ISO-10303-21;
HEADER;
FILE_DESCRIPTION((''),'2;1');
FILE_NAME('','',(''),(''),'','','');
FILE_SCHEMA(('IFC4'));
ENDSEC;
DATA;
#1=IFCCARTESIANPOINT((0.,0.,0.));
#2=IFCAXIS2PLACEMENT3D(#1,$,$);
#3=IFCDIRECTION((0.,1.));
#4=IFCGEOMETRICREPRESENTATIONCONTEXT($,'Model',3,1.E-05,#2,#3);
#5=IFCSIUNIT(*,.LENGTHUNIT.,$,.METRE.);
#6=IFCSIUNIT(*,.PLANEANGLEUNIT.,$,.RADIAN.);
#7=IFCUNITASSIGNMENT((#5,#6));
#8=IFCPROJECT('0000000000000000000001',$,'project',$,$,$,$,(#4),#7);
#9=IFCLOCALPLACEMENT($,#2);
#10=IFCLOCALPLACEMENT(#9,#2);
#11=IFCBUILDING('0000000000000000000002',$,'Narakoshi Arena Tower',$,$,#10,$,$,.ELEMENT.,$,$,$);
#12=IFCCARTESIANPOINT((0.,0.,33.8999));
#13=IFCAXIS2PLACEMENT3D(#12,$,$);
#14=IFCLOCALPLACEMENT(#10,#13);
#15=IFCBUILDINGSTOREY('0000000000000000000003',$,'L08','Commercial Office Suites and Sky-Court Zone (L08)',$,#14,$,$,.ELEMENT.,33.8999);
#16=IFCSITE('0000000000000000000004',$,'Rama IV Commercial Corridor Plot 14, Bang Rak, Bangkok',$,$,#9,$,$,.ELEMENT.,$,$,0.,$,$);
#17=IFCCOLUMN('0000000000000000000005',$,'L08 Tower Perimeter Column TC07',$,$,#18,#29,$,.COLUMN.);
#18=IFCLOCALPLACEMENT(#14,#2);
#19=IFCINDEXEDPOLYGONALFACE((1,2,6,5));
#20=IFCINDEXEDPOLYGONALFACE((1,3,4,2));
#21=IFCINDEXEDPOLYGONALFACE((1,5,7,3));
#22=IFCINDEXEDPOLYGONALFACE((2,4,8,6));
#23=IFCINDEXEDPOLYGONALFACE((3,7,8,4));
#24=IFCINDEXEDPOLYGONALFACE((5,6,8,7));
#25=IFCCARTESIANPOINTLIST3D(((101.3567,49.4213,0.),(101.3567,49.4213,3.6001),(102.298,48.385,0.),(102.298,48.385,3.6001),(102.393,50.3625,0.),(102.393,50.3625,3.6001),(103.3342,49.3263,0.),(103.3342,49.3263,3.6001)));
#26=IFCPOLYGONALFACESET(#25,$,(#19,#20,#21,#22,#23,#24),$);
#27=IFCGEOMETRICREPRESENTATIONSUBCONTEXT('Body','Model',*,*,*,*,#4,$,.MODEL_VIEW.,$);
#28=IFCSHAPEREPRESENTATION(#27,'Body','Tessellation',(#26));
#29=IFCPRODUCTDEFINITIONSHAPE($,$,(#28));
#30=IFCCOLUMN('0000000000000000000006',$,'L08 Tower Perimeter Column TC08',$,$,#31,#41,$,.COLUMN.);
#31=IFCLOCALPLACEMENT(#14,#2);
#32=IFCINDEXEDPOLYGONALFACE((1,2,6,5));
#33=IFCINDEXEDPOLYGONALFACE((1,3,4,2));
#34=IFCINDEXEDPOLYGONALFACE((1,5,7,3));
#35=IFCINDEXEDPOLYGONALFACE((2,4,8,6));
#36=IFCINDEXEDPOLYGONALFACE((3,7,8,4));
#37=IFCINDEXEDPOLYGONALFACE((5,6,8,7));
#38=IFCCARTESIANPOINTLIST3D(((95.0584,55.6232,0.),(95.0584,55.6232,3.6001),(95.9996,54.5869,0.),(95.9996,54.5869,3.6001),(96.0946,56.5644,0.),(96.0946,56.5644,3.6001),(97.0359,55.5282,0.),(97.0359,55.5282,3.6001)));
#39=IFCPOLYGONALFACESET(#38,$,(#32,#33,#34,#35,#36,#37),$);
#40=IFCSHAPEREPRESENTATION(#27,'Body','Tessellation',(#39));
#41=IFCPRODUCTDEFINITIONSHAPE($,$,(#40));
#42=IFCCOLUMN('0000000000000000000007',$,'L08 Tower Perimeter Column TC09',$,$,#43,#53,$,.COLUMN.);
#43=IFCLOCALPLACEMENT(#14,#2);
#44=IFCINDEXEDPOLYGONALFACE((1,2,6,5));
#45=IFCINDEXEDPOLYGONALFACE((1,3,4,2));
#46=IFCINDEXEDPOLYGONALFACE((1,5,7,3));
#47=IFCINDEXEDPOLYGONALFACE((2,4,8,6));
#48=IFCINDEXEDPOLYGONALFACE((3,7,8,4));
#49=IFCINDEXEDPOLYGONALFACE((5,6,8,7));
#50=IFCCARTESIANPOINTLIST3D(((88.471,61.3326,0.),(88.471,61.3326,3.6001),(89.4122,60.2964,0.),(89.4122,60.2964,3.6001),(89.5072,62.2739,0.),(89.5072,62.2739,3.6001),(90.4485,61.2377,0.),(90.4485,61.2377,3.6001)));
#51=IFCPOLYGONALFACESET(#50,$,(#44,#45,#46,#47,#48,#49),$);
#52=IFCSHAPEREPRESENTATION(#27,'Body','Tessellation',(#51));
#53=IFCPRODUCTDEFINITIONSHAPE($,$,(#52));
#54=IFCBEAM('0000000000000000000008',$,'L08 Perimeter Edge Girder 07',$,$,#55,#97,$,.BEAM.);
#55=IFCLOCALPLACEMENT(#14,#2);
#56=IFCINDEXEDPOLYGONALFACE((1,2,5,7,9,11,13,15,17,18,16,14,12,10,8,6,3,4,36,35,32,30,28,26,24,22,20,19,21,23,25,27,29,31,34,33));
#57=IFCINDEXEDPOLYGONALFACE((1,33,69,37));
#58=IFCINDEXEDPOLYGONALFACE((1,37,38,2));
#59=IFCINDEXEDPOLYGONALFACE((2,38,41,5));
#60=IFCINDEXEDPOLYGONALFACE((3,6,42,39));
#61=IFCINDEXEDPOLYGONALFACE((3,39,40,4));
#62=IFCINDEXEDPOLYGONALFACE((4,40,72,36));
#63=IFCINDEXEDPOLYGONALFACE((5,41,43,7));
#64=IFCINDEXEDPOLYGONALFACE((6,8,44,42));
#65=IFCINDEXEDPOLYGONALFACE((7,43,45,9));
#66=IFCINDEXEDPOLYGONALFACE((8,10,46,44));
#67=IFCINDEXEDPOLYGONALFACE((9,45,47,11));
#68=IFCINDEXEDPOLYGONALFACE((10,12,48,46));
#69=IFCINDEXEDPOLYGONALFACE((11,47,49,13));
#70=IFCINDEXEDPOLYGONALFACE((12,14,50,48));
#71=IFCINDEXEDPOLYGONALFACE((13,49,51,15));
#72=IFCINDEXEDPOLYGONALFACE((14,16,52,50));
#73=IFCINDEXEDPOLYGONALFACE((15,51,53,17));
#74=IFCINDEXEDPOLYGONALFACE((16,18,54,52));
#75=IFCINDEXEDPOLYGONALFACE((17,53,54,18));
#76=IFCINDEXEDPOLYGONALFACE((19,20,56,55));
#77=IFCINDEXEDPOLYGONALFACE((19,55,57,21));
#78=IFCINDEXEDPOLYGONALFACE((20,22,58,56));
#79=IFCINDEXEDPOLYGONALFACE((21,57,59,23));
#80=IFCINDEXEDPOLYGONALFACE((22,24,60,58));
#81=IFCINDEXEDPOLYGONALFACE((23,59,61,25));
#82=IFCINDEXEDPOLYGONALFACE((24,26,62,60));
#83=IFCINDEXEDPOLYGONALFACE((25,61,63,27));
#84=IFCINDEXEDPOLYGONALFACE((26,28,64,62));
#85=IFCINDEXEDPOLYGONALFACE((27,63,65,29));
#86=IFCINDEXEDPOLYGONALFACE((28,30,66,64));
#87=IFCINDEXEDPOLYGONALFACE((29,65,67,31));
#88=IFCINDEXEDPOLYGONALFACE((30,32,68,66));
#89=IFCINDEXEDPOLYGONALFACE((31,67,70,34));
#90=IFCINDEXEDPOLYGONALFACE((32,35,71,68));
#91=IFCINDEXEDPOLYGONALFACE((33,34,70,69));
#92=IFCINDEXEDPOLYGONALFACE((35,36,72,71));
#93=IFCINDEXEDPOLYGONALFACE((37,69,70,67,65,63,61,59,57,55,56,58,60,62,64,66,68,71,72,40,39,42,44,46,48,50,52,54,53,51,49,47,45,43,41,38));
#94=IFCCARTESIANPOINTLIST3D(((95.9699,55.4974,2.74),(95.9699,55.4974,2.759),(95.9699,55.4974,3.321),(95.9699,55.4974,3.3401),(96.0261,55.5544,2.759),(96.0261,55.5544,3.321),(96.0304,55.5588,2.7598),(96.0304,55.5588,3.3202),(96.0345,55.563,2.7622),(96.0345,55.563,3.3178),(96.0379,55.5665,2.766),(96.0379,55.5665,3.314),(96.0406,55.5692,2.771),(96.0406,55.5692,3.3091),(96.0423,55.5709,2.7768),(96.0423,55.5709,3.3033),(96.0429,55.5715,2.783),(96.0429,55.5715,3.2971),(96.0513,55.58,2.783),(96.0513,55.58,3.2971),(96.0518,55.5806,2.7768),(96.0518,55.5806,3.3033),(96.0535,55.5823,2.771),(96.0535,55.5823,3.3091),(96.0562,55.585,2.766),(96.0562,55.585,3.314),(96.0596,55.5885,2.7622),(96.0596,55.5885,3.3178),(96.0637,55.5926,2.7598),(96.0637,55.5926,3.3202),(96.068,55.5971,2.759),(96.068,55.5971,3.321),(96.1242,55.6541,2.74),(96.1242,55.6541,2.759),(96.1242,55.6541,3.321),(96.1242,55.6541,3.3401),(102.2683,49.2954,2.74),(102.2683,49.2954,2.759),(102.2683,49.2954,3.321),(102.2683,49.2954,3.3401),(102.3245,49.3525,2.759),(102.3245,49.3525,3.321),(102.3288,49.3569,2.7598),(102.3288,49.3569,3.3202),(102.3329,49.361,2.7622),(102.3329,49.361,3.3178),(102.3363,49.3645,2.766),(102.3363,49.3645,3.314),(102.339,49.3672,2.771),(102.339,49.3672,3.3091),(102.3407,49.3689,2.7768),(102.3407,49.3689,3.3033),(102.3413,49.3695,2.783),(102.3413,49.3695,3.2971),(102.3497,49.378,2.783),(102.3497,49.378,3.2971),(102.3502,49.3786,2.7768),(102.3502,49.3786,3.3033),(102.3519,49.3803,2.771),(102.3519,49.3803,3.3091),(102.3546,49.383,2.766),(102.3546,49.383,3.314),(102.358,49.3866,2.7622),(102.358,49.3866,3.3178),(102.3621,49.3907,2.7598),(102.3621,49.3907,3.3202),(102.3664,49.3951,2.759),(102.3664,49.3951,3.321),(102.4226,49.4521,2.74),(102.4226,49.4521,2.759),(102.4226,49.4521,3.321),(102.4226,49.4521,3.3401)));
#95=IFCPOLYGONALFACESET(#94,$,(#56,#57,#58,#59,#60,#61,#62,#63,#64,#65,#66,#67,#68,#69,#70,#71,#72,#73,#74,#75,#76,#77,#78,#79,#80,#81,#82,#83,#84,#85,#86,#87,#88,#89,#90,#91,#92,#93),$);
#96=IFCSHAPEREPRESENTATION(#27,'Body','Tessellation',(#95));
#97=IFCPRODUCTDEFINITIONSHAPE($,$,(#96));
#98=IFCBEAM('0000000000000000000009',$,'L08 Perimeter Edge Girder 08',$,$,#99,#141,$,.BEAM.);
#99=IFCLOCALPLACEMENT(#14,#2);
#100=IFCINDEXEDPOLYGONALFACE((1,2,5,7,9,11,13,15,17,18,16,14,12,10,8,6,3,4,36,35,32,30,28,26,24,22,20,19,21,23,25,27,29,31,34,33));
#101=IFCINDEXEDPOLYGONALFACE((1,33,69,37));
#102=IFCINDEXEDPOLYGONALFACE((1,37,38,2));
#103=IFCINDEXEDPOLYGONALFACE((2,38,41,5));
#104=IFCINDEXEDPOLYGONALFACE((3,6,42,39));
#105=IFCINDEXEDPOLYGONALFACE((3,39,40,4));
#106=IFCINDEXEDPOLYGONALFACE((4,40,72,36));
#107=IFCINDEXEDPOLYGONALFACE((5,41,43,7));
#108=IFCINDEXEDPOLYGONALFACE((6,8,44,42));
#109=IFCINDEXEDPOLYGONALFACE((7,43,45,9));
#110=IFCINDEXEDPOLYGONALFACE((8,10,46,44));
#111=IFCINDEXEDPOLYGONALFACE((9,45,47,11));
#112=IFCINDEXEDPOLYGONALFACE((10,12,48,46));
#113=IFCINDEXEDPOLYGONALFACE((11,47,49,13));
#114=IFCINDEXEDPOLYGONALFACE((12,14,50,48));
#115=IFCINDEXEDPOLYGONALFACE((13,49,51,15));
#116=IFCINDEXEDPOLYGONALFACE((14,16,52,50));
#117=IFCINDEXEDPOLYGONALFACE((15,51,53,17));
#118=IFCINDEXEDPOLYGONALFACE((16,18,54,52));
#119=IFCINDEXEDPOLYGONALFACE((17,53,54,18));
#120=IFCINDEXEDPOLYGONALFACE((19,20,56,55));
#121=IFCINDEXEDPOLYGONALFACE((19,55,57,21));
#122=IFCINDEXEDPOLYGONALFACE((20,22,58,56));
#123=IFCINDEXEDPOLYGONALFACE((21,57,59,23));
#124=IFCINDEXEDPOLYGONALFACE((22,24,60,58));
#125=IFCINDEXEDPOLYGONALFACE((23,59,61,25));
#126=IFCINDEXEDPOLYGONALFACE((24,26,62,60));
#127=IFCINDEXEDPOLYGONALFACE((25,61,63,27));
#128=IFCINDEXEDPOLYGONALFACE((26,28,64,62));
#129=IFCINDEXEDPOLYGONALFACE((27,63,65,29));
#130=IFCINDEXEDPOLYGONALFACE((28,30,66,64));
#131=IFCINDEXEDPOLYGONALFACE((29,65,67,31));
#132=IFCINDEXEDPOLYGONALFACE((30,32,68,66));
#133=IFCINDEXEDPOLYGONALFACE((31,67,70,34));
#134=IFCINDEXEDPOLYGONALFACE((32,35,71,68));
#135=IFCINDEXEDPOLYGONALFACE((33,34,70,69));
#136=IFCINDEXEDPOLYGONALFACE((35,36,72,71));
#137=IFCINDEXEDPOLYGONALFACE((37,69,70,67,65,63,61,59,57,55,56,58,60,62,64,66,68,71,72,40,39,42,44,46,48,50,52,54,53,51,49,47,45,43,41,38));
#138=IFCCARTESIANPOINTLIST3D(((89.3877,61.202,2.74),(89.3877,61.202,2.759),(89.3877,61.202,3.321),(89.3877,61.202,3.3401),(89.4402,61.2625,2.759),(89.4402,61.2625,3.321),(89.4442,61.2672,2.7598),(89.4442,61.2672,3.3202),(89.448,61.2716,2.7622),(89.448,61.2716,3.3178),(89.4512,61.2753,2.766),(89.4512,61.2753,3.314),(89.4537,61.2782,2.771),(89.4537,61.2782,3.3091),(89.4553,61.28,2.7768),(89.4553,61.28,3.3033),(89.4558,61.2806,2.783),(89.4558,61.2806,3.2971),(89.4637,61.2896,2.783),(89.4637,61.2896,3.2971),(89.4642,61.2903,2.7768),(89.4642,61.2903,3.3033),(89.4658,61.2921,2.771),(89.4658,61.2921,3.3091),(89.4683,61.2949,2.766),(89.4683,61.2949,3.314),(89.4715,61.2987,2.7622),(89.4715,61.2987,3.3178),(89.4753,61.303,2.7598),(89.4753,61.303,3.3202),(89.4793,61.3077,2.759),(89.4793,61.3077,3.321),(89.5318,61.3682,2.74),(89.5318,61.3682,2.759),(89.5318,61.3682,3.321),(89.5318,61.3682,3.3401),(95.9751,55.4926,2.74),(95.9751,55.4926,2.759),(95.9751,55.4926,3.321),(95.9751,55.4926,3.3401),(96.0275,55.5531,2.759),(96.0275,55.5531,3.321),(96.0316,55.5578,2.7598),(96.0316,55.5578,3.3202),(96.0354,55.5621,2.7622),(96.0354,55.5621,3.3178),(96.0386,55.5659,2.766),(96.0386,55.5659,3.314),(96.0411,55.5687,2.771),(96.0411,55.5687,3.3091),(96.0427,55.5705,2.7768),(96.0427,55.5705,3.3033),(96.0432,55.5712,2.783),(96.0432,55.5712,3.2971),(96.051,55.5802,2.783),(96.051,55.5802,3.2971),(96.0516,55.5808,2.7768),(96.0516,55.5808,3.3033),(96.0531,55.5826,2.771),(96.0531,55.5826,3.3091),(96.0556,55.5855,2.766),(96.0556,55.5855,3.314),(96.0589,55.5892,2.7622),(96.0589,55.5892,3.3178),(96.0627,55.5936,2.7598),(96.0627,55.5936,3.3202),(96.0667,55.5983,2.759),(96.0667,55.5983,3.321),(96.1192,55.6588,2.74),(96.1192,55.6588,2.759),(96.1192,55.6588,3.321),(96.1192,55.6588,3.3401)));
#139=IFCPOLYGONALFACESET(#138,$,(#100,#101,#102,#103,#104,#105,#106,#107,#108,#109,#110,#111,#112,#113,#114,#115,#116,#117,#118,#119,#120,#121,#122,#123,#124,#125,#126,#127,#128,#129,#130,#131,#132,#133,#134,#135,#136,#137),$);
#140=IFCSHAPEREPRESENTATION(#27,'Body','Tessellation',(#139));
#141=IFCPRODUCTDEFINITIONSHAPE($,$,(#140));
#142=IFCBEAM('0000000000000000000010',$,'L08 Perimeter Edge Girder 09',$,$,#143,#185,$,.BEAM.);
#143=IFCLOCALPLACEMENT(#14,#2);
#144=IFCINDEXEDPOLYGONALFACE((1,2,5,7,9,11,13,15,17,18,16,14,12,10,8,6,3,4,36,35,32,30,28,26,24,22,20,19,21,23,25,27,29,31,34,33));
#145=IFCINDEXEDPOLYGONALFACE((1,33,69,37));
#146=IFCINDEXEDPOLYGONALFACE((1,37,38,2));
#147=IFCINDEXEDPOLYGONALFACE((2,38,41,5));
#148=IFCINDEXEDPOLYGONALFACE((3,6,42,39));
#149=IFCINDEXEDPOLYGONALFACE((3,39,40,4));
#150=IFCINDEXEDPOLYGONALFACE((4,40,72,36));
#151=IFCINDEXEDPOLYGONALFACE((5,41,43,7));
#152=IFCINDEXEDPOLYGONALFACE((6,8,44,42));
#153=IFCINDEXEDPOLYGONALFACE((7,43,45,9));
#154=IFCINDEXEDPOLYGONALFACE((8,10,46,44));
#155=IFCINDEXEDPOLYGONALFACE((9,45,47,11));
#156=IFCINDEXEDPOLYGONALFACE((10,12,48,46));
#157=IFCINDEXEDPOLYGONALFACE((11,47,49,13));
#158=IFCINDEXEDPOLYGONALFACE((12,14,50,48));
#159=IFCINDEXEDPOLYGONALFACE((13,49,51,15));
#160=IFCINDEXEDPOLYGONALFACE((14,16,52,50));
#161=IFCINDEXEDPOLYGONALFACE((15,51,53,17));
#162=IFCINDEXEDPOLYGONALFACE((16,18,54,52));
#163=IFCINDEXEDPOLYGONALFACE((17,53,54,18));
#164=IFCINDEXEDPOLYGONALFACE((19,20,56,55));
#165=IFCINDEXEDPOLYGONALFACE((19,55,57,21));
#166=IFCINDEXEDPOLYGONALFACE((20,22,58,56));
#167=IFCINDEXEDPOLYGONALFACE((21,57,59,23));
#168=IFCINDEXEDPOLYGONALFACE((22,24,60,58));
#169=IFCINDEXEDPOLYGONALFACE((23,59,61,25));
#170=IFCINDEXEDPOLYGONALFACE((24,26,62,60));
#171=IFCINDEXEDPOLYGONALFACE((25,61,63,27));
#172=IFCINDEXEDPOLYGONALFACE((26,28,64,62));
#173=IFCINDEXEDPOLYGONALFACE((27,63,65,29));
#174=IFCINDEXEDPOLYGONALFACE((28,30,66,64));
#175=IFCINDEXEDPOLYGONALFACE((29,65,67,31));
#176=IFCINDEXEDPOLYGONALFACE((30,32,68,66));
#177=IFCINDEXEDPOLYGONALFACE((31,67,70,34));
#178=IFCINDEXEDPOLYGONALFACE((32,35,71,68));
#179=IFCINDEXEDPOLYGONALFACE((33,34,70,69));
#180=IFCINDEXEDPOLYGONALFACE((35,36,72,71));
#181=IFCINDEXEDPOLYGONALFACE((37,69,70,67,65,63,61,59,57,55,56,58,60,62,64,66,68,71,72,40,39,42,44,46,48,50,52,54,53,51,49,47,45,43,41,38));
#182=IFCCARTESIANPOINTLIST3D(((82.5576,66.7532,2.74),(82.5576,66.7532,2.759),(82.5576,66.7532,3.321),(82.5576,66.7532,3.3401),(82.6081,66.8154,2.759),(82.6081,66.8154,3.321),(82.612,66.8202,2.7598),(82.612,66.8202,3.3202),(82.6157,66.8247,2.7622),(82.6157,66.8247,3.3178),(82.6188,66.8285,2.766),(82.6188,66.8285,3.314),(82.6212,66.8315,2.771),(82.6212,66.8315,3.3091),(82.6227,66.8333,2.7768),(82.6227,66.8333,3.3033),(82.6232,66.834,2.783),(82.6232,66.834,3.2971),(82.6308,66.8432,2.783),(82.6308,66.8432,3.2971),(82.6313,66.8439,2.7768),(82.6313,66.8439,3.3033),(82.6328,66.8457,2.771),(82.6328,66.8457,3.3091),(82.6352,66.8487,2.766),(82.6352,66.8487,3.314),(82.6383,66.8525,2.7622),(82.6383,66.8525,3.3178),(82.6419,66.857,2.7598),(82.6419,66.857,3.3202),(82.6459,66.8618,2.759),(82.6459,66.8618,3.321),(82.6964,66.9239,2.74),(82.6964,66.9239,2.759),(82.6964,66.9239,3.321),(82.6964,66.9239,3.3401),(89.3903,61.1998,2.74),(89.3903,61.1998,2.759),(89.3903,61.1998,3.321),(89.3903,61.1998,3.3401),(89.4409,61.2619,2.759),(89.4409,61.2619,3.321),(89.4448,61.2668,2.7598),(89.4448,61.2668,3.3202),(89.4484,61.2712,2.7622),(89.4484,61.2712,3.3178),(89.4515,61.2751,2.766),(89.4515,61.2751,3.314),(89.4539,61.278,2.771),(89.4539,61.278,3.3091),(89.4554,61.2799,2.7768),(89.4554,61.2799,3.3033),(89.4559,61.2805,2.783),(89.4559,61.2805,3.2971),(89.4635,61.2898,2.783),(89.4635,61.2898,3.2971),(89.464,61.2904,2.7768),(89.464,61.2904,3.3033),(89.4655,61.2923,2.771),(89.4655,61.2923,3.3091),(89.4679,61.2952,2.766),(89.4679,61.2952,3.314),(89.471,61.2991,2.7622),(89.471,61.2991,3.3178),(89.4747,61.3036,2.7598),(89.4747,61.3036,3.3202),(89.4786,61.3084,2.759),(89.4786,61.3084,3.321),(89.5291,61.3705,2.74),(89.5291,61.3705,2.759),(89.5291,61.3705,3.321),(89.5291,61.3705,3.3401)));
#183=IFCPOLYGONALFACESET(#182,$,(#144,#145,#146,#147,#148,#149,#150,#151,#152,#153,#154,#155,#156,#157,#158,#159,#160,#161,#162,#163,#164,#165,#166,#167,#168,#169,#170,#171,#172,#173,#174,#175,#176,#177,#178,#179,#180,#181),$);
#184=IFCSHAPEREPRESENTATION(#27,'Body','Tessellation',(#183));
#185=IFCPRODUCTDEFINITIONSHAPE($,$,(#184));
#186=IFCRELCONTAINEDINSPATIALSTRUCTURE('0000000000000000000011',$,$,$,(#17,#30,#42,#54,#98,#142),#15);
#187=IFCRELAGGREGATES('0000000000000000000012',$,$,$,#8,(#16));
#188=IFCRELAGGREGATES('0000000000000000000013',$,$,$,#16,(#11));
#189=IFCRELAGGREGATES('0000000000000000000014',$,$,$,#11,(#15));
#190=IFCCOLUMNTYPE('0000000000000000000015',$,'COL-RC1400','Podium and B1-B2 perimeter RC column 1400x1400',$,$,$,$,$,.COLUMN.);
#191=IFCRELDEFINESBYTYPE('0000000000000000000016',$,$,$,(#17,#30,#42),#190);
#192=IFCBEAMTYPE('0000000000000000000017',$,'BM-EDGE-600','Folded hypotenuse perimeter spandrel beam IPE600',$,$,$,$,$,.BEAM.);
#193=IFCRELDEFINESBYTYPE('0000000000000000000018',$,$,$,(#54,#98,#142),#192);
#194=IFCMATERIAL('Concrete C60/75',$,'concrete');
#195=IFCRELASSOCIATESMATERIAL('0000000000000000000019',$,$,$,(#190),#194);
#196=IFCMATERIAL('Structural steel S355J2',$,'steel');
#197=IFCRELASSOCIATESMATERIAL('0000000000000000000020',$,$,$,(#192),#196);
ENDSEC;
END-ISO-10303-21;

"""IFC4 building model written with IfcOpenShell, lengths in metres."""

from ifc_helpers import new_model, si_unit, direction, frame, origin, origin_2d, place, context, subcontext, project, spatial, rectangle, i_section, extrude, material, material_profile, profile_set, type_object, element, save


model = new_model("IFC4")

# Units and contexts
model_context = context("Model", 3, precision=1e-05, world=origin(), true_north=direction((0.0, 1.0)))
body_context = subcontext(model_context, "Body", "Model", "MODEL_VIEW")
ifc_project = project(units=[si_unit("LENGTHUNIT", "METRE"), si_unit("PLANEANGLEUNIT", "RADIAN")], contexts=[model_context])

# Site, building, storey
site_placement = place(None, origin())
site = spatial("IfcSite", under=ifc_project, at=site_placement, Name="Rama IV Commercial Corridor Plot 14, Bang Rak, Bangkok", CompositionType="ELEMENT", RefElevation=0.0)
building_placement = place(site_placement, origin())
building = spatial("IfcBuilding", under=site, at=building_placement, Name="Narakoshi Arena Tower", CompositionType="ELEMENT")
storey_placement = place(building_placement, frame((0.0, 0.0, 33.8999)))
storey = spatial("IfcBuildingStorey", under=building, at=storey_placement, Name="L08", Description="Commercial Office Suites and Sky-Court Zone (L08)", CompositionType="ELEMENT", Elevation=33.8999)

# Columns
ifc_material_1 = material(Name="Concrete C60/75", Category="concrete")
ifc_material_profile_1 = material_profile(ifc_material_1, rectangle(XDim=1.3999, YDim=1.3999, at=origin_2d()), Name="RC1400x1400")
ifc_profile_set_1 = profile_set([ifc_material_profile_1], Name="Concrete C60/75")
column_type = type_object("IfcColumnType", Name="COL-RC1400", Description="Podium and B1-B2 perimeter RC column 1400x1400", PredefinedType="COLUMN", material=ifc_profile_set_1)
for number, where, z_axis, x_axis, name in (
    (1, (102.3455, 49.3738, 0.0), (0.0, 0.0, 1.0), (0.740218, 0.672367, 0.0), "L08 Tower Perimeter Column TC07"),
    (2, (96.0471, 55.5757, 0.0), (0.0, 0.0, 1.0), (0.740218, 0.672367, 0.0), "L08 Tower Perimeter Column TC08"),
    (3, (89.4597, 61.2852, 0.0), (0.0, 0.0, 1.0), (0.740218, 0.672367, 0.0), "L08 Tower Perimeter Column TC09"),
):
    element("IfcColumn", number, at=place(storey_placement, frame(where, z_axis=z_axis, x_axis=x_axis)), inside=storey, type_object=column_type, Name=name, PredefinedType="COLUMN", context=body_context, shape_type="SweptSolid", body=[
        extrude(rectangle(XDim=1.3999, YDim=1.3999, at=origin_2d()), origin(), (0.0, 0.0, 1.0), 3.6001),
    ])

# Beams
ifc_material_2 = material(Name="Structural steel S355J2", Category="steel")
ifc_material_profile_2 = material_profile(ifc_material_2, i_section(OverallWidth=0.22, OverallDepth=0.6001, WebThickness=0.012, FlangeThickness=0.019, FilletRadius=0.0239, at=origin_2d()), Name="IPE600")
ifc_profile_set_2 = profile_set([ifc_material_profile_2], Name="Structural steel S355J2")
beam_type_1 = type_object("IfcBeamType", Name="BM-EDGE-600", Description="Folded hypotenuse perimeter spandrel beam IPE600", PredefinedType="BEAM", material=ifc_profile_set_2)
beam_1_placement = place(storey_placement, frame((102.3455, 49.3738, 3.04), z_axis=(-0.712541, 0.701631, 0.0), x_axis=(-0.701631, -0.712541, 0.0)))
element("IfcBeam", 4, at=beam_1_placement, inside=storey, type_object=beam_type_1, Name="L08 Perimeter Edge Girder 07", PredefinedType="BEAM", context=body_context, shape_type="SweptSolid", body=[
    extrude(i_section(OverallWidth=0.22, OverallDepth=0.6001, WebThickness=0.012, FlangeThickness=0.019, FilletRadius=0.0239, at=origin_2d()), origin(), (0.0, 0.0, 1.0), 8.8394),
])
beam_2_placement = place(storey_placement, frame((96.0471, 55.5757, 3.04), z_axis=(-0.755667, 0.654956, 0.0), x_axis=(-0.654956, -0.755667, 0.0)))
element("IfcBeam", 5, at=beam_2_placement, inside=storey, type_object=beam_type_1, Name="L08 Perimeter Edge Girder 08", PredefinedType="BEAM", context=body_context, shape_type="SweptSolid", body=[
    extrude(i_section(OverallWidth=0.22, OverallDepth=0.6001, WebThickness=0.012, FlangeThickness=0.019, FilletRadius=0.0239, at=origin_2d()), origin(), (0.0, 0.0, 1.0), 8.7173),
])
beam_3_placement = place(storey_placement, frame((89.4597, 61.2852, 3.04), z_axis=(-0.776011, 0.630719, 0.0), x_axis=(-0.630719, -0.776011, 0.0)))
element("IfcBeam", 6, at=beam_3_placement, inside=storey, type_object=beam_type_1, Name="L08 Perimeter Edge Girder 09", PredefinedType="BEAM", context=body_context, shape_type="SweptSolid", body=[
    extrude(i_section(OverallWidth=0.22, OverallDepth=0.6001, WebThickness=0.012, FlangeThickness=0.019, FilletRadius=0.0239, at=origin_2d()), origin(), (0.0, 0.0, 1.0), 8.8049),
])

save(model, "model.ifc")
